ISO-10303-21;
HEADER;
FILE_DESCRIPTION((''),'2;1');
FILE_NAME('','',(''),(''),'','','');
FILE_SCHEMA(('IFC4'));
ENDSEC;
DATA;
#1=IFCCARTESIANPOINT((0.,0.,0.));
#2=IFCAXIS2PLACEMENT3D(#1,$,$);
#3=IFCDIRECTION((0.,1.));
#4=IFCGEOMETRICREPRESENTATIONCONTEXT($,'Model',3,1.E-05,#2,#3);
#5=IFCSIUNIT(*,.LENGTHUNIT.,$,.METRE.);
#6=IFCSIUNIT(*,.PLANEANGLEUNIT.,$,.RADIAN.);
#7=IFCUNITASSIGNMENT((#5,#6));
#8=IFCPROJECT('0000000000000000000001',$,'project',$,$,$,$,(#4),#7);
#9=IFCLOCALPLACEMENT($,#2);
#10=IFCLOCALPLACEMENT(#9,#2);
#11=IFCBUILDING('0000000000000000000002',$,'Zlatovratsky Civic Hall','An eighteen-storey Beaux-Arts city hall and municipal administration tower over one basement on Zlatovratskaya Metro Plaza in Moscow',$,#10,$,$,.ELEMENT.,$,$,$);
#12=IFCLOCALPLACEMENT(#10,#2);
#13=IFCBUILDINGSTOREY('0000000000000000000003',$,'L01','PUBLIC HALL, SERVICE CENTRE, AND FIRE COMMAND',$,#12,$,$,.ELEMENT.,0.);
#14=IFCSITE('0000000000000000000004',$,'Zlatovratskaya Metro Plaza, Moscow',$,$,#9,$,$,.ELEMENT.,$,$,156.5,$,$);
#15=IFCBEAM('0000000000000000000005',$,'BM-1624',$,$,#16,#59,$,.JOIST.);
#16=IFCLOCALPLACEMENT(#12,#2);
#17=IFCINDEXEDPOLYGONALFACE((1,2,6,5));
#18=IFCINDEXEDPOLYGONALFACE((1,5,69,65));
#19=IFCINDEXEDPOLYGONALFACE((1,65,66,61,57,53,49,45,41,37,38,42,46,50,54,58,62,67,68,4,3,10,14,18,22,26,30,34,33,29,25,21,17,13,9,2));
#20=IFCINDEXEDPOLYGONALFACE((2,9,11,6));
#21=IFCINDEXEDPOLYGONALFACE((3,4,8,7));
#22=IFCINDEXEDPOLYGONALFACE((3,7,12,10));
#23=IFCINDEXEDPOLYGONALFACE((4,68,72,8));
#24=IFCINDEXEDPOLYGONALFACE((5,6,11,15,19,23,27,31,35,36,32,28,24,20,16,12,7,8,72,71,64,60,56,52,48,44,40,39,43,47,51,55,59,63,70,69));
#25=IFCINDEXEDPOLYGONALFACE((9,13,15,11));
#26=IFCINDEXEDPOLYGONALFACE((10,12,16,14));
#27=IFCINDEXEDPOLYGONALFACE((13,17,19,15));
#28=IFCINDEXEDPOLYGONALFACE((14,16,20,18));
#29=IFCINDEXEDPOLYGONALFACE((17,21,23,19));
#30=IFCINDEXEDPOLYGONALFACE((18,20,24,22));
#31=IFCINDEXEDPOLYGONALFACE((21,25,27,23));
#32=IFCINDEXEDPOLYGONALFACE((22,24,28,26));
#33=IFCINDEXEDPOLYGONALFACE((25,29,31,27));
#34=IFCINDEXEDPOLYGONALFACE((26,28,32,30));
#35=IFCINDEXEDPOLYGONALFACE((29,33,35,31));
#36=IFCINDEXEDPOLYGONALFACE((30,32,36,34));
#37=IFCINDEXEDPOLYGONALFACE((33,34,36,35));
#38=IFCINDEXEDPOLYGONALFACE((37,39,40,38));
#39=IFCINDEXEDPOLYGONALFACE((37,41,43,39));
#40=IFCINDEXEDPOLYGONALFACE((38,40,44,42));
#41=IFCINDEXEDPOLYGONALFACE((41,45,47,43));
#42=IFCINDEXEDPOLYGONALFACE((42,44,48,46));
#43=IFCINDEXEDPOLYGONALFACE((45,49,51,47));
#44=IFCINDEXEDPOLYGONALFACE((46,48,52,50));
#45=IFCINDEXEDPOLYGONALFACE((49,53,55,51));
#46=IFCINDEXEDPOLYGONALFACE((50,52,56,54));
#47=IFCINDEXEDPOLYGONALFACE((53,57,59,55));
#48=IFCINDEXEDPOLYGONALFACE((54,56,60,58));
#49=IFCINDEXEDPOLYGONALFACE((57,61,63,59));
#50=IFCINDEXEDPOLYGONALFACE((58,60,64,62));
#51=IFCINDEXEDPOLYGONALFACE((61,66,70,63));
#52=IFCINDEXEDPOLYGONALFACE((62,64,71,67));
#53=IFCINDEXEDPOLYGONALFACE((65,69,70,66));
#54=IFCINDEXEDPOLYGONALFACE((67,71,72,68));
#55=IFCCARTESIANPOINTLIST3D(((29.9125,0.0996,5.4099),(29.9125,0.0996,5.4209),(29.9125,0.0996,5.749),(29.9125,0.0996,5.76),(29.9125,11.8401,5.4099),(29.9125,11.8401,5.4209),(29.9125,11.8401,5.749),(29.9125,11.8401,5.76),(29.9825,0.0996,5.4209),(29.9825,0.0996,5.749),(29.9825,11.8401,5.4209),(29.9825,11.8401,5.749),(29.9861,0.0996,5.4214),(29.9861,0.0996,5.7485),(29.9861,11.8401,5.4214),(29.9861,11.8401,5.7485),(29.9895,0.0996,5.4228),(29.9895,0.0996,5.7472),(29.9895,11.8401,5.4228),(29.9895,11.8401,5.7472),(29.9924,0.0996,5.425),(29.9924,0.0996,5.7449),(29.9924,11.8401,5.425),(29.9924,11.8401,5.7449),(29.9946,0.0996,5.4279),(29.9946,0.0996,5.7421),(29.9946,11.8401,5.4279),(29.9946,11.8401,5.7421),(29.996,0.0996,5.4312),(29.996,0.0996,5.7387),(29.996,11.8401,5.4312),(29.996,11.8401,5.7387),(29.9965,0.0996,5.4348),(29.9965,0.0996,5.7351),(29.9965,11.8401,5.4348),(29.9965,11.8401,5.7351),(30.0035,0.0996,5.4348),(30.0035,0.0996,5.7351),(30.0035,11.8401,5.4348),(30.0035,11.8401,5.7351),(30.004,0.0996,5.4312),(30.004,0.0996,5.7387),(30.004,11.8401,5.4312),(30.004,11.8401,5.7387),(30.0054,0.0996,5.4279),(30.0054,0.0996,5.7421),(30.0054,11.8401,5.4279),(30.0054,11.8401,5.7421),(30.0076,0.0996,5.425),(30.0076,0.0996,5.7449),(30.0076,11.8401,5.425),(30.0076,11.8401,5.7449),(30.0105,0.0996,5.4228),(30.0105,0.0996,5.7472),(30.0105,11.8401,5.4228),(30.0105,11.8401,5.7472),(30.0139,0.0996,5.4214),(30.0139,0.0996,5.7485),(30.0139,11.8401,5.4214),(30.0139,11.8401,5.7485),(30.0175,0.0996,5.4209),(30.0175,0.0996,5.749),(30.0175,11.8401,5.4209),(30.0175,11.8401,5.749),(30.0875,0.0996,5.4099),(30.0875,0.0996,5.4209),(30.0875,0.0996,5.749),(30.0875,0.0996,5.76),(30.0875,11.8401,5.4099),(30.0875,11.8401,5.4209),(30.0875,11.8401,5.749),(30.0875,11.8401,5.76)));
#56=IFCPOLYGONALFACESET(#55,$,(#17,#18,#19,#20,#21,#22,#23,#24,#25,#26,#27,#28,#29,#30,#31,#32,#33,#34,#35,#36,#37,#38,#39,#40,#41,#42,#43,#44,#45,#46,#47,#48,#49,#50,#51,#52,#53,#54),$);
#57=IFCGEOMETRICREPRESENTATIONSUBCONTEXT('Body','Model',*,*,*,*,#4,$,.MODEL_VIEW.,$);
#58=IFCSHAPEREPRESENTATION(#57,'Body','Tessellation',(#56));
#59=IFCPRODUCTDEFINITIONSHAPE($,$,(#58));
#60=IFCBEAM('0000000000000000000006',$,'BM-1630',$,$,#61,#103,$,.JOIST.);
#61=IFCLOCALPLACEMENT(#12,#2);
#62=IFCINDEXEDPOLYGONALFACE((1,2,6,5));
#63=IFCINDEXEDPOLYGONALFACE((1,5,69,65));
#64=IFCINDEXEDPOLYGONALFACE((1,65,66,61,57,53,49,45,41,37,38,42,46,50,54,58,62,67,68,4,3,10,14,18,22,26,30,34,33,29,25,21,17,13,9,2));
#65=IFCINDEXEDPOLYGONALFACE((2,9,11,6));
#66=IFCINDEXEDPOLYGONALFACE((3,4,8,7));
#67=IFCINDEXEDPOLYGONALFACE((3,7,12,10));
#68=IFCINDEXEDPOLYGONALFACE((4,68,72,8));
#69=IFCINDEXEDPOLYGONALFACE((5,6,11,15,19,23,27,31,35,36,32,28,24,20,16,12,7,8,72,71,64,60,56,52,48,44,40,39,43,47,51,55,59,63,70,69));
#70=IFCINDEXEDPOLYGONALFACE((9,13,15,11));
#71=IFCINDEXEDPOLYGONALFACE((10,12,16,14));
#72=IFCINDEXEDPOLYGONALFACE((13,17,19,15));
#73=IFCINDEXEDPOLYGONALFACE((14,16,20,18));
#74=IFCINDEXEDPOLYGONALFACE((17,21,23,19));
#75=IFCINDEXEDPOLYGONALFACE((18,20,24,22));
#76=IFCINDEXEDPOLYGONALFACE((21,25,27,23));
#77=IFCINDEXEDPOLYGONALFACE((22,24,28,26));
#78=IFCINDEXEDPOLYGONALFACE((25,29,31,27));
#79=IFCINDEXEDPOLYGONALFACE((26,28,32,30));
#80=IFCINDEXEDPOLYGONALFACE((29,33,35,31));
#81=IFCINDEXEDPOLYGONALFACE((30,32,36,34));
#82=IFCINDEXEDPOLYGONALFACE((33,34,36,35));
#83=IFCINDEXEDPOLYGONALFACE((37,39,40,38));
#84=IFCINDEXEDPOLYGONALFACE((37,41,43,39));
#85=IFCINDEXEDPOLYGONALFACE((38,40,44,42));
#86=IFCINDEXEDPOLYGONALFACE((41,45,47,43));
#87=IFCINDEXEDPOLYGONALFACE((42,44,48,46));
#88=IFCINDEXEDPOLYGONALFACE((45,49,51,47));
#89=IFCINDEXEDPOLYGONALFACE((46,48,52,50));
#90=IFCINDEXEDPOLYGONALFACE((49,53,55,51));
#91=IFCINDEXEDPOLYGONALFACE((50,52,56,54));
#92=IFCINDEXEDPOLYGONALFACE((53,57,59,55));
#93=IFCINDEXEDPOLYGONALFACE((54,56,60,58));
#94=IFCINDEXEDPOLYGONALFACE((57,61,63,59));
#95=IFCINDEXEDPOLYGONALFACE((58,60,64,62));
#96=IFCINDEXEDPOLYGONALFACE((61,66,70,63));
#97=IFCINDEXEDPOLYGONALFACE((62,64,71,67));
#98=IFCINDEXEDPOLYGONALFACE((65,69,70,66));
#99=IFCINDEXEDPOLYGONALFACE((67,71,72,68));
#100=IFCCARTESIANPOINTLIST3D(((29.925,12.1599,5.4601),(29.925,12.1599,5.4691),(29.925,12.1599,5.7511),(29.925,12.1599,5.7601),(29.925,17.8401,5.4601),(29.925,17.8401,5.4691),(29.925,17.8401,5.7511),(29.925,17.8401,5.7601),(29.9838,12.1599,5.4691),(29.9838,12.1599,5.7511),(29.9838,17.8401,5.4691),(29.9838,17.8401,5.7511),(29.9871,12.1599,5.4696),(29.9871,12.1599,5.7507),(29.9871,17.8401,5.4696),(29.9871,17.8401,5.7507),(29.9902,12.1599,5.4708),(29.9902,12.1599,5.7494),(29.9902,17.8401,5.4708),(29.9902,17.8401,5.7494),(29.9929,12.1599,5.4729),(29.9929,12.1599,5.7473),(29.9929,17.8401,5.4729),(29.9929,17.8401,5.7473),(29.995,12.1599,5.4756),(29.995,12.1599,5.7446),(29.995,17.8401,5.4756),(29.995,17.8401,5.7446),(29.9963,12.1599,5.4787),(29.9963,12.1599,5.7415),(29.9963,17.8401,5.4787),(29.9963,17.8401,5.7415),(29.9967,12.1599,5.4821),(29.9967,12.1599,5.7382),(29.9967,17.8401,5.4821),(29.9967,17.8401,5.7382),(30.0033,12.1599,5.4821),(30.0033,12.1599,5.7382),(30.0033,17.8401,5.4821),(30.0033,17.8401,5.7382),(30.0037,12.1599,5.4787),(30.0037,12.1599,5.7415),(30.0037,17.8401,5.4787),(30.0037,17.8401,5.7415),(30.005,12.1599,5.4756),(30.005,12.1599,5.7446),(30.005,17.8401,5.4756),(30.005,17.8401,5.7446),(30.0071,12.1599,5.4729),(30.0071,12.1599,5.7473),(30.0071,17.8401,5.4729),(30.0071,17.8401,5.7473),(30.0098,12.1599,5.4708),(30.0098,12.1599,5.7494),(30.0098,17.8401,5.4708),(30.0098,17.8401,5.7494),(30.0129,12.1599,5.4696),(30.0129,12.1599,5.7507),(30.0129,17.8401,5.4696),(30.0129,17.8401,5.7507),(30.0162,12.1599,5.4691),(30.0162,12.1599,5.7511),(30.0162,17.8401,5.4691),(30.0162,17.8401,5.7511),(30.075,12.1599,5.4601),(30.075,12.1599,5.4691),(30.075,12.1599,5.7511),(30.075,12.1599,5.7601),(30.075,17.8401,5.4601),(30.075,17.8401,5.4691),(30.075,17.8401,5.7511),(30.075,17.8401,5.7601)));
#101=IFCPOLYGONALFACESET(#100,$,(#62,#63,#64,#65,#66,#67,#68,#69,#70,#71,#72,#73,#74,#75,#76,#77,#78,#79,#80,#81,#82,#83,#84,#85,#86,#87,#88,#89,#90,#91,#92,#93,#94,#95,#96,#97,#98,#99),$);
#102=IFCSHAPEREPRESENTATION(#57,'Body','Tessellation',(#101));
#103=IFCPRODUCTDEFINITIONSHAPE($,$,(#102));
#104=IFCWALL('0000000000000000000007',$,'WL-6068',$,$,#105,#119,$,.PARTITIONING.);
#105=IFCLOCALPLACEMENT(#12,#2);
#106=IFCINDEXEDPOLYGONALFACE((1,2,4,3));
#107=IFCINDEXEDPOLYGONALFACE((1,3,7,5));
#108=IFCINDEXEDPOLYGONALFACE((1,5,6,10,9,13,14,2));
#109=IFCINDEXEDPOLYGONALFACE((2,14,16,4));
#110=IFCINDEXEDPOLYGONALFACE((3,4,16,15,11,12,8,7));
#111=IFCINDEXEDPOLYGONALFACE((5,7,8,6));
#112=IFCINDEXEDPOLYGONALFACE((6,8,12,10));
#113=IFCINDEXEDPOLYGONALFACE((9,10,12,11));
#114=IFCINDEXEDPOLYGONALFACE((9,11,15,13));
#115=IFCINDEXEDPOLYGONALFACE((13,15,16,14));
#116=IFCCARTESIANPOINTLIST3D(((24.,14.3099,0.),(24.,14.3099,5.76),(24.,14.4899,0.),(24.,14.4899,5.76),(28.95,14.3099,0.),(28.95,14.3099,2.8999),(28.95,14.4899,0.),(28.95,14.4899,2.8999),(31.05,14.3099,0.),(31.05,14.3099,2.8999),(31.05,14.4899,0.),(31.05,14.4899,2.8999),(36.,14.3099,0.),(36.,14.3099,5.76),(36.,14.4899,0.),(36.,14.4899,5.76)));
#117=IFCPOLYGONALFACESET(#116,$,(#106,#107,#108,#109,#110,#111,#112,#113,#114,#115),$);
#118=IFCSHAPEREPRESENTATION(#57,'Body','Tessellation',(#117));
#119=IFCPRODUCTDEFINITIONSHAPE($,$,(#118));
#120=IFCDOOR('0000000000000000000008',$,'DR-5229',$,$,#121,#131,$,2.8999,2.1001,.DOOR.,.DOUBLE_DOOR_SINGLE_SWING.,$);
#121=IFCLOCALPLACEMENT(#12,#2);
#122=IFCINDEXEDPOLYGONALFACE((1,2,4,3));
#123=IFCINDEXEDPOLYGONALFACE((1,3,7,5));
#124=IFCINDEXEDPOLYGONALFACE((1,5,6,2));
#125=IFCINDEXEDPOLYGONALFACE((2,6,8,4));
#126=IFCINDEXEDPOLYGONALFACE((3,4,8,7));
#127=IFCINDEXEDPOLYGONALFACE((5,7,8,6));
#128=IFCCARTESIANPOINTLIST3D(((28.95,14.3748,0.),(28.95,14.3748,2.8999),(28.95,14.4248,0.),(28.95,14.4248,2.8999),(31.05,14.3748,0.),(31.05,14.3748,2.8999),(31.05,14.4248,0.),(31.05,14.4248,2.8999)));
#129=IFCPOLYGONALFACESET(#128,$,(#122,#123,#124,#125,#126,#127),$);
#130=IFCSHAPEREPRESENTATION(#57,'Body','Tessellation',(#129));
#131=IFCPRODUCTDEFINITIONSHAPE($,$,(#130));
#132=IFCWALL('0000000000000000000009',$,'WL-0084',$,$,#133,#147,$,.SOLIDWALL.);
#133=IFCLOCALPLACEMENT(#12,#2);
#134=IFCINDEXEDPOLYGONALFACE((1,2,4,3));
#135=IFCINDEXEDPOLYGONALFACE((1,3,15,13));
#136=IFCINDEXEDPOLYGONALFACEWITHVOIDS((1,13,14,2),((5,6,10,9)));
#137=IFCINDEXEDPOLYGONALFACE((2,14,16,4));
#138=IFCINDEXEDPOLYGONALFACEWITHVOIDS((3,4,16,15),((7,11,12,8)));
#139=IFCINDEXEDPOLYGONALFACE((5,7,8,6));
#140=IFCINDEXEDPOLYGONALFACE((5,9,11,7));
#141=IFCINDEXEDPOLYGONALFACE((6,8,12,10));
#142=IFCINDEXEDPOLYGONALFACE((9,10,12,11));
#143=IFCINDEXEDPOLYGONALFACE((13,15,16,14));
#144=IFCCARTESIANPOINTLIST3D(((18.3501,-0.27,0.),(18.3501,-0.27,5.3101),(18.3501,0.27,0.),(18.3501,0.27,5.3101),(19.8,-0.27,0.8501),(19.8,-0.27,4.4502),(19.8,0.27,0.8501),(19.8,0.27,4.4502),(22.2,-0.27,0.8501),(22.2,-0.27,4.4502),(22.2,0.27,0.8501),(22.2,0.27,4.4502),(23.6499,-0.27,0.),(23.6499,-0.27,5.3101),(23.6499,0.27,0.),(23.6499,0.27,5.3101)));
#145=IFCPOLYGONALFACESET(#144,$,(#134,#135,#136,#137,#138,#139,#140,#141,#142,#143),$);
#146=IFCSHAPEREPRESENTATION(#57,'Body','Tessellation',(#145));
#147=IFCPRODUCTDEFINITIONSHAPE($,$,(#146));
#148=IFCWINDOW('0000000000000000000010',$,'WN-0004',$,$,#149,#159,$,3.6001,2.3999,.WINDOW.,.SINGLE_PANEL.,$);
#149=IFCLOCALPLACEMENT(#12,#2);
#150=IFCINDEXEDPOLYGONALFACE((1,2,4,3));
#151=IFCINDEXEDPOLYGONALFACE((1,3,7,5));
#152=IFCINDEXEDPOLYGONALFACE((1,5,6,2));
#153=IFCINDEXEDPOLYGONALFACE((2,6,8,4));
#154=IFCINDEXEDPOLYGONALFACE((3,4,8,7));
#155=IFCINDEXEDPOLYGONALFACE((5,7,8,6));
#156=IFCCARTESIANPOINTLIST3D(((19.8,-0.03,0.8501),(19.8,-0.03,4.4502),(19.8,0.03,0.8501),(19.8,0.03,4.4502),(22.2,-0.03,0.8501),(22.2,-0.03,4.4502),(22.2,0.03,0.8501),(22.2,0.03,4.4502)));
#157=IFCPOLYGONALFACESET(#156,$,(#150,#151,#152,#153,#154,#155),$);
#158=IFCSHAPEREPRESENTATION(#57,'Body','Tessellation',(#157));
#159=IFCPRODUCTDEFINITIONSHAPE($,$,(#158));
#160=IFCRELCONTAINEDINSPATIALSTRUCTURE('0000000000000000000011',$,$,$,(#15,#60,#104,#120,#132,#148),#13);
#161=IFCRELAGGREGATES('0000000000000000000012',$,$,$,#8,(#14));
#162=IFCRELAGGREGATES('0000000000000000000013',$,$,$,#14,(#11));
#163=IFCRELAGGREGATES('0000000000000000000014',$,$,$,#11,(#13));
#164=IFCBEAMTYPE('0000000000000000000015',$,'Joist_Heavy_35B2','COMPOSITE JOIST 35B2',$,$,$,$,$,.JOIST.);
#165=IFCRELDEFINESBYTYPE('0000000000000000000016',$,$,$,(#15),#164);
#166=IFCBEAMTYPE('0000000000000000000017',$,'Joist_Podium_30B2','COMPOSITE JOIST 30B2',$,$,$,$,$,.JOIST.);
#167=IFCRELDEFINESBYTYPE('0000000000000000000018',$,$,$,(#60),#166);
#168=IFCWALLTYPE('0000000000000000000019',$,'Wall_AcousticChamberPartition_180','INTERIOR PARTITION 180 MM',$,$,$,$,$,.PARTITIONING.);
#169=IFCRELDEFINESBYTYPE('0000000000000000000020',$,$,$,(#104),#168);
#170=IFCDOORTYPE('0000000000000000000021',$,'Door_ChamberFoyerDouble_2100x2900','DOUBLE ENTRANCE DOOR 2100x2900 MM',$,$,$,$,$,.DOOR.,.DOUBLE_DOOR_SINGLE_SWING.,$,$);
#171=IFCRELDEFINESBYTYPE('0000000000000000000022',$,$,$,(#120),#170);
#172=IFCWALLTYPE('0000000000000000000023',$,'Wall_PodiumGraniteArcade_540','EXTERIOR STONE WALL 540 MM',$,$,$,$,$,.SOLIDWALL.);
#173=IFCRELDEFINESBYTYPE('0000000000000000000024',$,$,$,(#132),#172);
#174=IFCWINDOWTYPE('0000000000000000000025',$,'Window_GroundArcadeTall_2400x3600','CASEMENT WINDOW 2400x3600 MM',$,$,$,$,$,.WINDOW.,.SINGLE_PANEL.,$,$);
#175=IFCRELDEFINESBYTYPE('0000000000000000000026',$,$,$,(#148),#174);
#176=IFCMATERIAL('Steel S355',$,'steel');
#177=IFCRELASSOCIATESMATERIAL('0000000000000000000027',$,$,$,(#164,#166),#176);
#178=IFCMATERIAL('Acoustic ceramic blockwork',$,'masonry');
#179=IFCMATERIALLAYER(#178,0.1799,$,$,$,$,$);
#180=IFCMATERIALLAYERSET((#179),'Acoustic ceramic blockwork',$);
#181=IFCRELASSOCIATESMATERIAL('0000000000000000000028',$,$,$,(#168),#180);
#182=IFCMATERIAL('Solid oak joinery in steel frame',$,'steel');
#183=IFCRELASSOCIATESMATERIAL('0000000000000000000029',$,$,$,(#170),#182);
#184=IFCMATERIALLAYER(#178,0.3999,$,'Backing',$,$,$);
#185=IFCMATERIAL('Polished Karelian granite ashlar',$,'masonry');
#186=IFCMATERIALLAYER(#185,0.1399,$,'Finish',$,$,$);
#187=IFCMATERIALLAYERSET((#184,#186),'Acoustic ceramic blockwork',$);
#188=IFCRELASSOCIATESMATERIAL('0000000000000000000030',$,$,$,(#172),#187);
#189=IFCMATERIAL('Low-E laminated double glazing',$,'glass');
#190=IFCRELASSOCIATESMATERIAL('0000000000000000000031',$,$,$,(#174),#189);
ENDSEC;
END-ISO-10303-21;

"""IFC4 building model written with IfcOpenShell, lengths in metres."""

from ifc_helpers import new_model, si_unit, direction, frame, frame_2d, origin, origin_2d, place, context, subcontext, project, spatial, rectangle, i_section, extrude, material, layer, layer_set, material_profile, profile_set, type_object, element, fill, save


model = new_model("IFC4")

# Units and contexts
model_context = context("Model", 3, precision=1e-05, world=origin(), true_north=direction((0.0, 1.0)))
body_context = subcontext(model_context, "Body", "Model", "MODEL_VIEW")
ifc_project = project(units=[si_unit("LENGTHUNIT", "METRE"), si_unit("PLANEANGLEUNIT", "RADIAN")], contexts=[model_context])

# Site, building, storey
site_placement = place(None, origin())
site = spatial("IfcSite", under=ifc_project, at=site_placement, Name="Zlatovratskaya Metro Plaza, Moscow", CompositionType="ELEMENT", RefElevation=156.5)
building_placement = place(site_placement, origin())
building = spatial("IfcBuilding", under=site, at=building_placement, Name="Zlatovratsky Civic Hall", Description="An eighteen-storey Beaux-Arts city hall and municipal administration tower over one basement on Zlatovratskaya Metro Plaza in Moscow", CompositionType="ELEMENT")
storey_placement = place(building_placement, origin())
storey = spatial("IfcBuildingStorey", under=building, at=storey_placement, Name="L01", Description="PUBLIC HALL, SERVICE CENTRE, AND FIRE COMMAND", CompositionType="ELEMENT", Elevation=0.0)

# Shared definitions
ifc_material_1 = material(Name="Steel S355", Category="steel")

# Beams
ifc_material_profile_1 = material_profile(ifc_material_1, i_section(OverallWidth=0.175, OverallDepth=0.3501, WebThickness=0.0071, FlangeThickness=0.011, FilletRadius=0.0139, at=origin_2d()), Name="35B2")
ifc_profile_set_1 = profile_set([ifc_material_profile_1], Name="Steel S355")
beam_type_1 = type_object("IfcBeamType", Name="Joist_Heavy_35B2", Description="COMPOSITE JOIST 35B2", PredefinedType="JOIST", material=ifc_profile_set_1)
beam_1_placement = place(storey_placement, frame((30.0, 0.0996, 5.585), z_axis=(0.0, 1.0, 0.0), x_axis=(-1.0, 0.0, 0.0)))
element("IfcBeam", 1, at=beam_1_placement, inside=storey, type_object=beam_type_1, Name="BM-1624", PredefinedType="JOIST", context=body_context, shape_type="SweptSolid", body=[
    extrude(i_section(OverallWidth=0.175, OverallDepth=0.3501, WebThickness=0.0071, FlangeThickness=0.011, FilletRadius=0.0139, at=origin_2d()), origin(), (0.0, 0.0, 1.0), 11.7405),
])
ifc_material_profile_2 = material_profile(ifc_material_1, i_section(OverallWidth=0.1499, OverallDepth=0.3, WebThickness=0.0066, FlangeThickness=0.009, FilletRadius=0.0129, at=origin_2d()), Name="30B2")
ifc_profile_set_2 = profile_set([ifc_material_profile_2], Name="Steel S355")
beam_type_2 = type_object("IfcBeamType", Name="Joist_Podium_30B2", Description="COMPOSITE JOIST 30B2", PredefinedType="JOIST", material=ifc_profile_set_2)
beam_2_placement = place(storey_placement, frame((30.0, 12.1599, 5.6101), z_axis=(0.0, 1.0, 0.0), x_axis=(-1.0, 0.0, 0.0)))
element("IfcBeam", 2, at=beam_2_placement, inside=storey, type_object=beam_type_2, Name="BM-1630", PredefinedType="JOIST", context=body_context, shape_type="SweptSolid", body=[
    extrude(i_section(OverallWidth=0.1499, OverallDepth=0.3, WebThickness=0.0066, FlangeThickness=0.009, FilletRadius=0.0129, at=origin_2d()), origin(), (0.0, 0.0, 1.0), 5.6802),
])

# Wall, opening, door
ifc_material_2 = material(Name="Acoustic ceramic blockwork", Category="masonry")
ifc_layer_1 = layer(ifc_material_2, 0.1799)
ifc_layer_set_1 = layer_set([ifc_layer_1], Name="Acoustic ceramic blockwork")
wall_type_1 = type_object("IfcWallType", Name="Wall_AcousticChamberPartition_180", Description="INTERIOR PARTITION 180 MM", PredefinedType="PARTITIONING", material=ifc_layer_set_1)
wall_1_placement = place(storey_placement, frame((24.0, 14.3999, 0.0), z_axis=(0.0, 0.0, 1.0), x_axis=(1.0, 0.0, 0.0)))
wall_1 = element("IfcWall", 3, at=wall_1_placement, inside=storey, type_object=wall_type_1, Name="WL-6068", PredefinedType="PARTITIONING", context=body_context, shape_type="SweptSolid", body=[
    extrude(rectangle(XDim=12.0, YDim=0.1799, at=frame_2d((6.0, 0.0))), origin(), (0.0, 0.0, 1.0), 5.76),
])
opening_1_placement = place(wall_1_placement, frame((4.95, 0.0, 0.0)))
opening_1 = element("IfcOpeningElement", 4, at=opening_1_placement, cuts=wall_1, PredefinedType="OPENING", context=body_context, shape_type="SweptSolid", body=[
    extrude(rectangle(XDim=2.1001, YDim=2.8999, at=frame_2d((1.05, 1.45))), frame((0.0, 0.105, 0.0), z_axis=(0.0, -1.0, 0.0), x_axis=(1.0, 0.0, 0.0)), (0.0, 0.0, 1.0), 0.2097),
])
ifc_material_3 = material(Name="Solid oak joinery in steel frame", Category="steel")
door_type = type_object("IfcDoorType", Name="Door_ChamberFoyerDouble_2100x2900", Description="DOUBLE ENTRANCE DOOR 2100x2900 MM", OperationType="DOUBLE_DOOR_SINGLE_SWING", PredefinedType="DOOR", material=ifc_material_3)
door_placement = place(opening_1_placement, origin())
door = element("IfcDoor", 5, at=door_placement, inside=storey, type_object=door_type, Name="DR-5229", OperationType="DOUBLE_DOOR_SINGLE_SWING", OverallHeight=2.8999, OverallWidth=2.1001, PredefinedType="DOOR", context=body_context, shape_type="SweptSolid", body=[
    extrude(rectangle(XDim=2.1001, YDim=2.8999, at=frame_2d((1.05, 1.45))), frame((0.0, 0.0249, 0.0), z_axis=(0.0, -1.0, 0.0), x_axis=(1.0, 0.0, 0.0)), (0.0, 0.0, 1.0), 0.05),
])
fill(opening_1, door)

# Wall, opening, window
ifc_layer_2 = layer(ifc_material_2, 0.3999, Name="Backing")
ifc_material_4 = material(Name="Polished Karelian granite ashlar", Category="masonry")
ifc_layer_3 = layer(ifc_material_4, 0.1399, Name="Finish")
ifc_layer_set_2 = layer_set([ifc_layer_2, ifc_layer_3], Name="Acoustic ceramic blockwork")
wall_type_2 = type_object("IfcWallType", Name="Wall_PodiumGraniteArcade_540", Description="EXTERIOR STONE WALL 540 MM", PredefinedType="SOLIDWALL", material=ifc_layer_set_2)
wall_2_placement = place(storey_placement, frame((18.3501, 0.0, 0.0), z_axis=(0.0, 0.0, 1.0), x_axis=(1.0, 0.0, 0.0)))
wall_2 = element("IfcWall", 6, at=wall_2_placement, inside=storey, type_object=wall_type_2, Name="WL-0084", PredefinedType="SOLIDWALL", context=body_context, shape_type="SweptSolid", body=[
    extrude(rectangle(XDim=5.2998, YDim=0.54, at=frame_2d((2.6499, 0.0))), origin(), (0.0, 0.0, 1.0), 5.3101),
])
opening_2_placement = place(wall_2_placement, frame((1.45, 0.0, 0.8501)))
opening_2 = element("IfcOpeningElement", 7, at=opening_2_placement, cuts=wall_2, PredefinedType="OPENING", context=body_context, shape_type="SweptSolid", body=[
    extrude(rectangle(XDim=2.3999, YDim=3.6001, at=frame_2d((1.2, 1.8))), frame((0.0, 0.2849, 0.0), z_axis=(0.0, -1.0, 0.0), x_axis=(1.0, 0.0, 0.0)), (0.0, 0.0, 1.0), 0.5698),
])
ifc_material_5 = material(Name="Low-E laminated double glazing", Category="glass")
window_type = type_object("IfcWindowType", Name="Window_GroundArcadeTall_2400x3600", Description="CASEMENT WINDOW 2400x3600 MM", PartitioningType="SINGLE_PANEL", PredefinedType="WINDOW", material=ifc_material_5)
window_1_placement = place(opening_2_placement, origin())
window_1 = element("IfcWindow", 8, at=window_1_placement, inside=storey, type_object=window_type, Name="WN-0004", OverallHeight=3.6001, OverallWidth=2.3999, PartitioningType="SINGLE_PANEL", PredefinedType="WINDOW", context=body_context, shape_type="SweptSolid", body=[
    extrude(rectangle(XDim=2.3999, YDim=3.6001, at=frame_2d((1.2, 1.8))), frame((0.0, 0.03, 0.0), z_axis=(0.0, -1.0, 0.0), x_axis=(1.0, 0.0, 0.0)), (0.0, 0.0, 1.0), 0.0601),
])
fill(opening_2, window_1)

save(model, "model.ifc")
